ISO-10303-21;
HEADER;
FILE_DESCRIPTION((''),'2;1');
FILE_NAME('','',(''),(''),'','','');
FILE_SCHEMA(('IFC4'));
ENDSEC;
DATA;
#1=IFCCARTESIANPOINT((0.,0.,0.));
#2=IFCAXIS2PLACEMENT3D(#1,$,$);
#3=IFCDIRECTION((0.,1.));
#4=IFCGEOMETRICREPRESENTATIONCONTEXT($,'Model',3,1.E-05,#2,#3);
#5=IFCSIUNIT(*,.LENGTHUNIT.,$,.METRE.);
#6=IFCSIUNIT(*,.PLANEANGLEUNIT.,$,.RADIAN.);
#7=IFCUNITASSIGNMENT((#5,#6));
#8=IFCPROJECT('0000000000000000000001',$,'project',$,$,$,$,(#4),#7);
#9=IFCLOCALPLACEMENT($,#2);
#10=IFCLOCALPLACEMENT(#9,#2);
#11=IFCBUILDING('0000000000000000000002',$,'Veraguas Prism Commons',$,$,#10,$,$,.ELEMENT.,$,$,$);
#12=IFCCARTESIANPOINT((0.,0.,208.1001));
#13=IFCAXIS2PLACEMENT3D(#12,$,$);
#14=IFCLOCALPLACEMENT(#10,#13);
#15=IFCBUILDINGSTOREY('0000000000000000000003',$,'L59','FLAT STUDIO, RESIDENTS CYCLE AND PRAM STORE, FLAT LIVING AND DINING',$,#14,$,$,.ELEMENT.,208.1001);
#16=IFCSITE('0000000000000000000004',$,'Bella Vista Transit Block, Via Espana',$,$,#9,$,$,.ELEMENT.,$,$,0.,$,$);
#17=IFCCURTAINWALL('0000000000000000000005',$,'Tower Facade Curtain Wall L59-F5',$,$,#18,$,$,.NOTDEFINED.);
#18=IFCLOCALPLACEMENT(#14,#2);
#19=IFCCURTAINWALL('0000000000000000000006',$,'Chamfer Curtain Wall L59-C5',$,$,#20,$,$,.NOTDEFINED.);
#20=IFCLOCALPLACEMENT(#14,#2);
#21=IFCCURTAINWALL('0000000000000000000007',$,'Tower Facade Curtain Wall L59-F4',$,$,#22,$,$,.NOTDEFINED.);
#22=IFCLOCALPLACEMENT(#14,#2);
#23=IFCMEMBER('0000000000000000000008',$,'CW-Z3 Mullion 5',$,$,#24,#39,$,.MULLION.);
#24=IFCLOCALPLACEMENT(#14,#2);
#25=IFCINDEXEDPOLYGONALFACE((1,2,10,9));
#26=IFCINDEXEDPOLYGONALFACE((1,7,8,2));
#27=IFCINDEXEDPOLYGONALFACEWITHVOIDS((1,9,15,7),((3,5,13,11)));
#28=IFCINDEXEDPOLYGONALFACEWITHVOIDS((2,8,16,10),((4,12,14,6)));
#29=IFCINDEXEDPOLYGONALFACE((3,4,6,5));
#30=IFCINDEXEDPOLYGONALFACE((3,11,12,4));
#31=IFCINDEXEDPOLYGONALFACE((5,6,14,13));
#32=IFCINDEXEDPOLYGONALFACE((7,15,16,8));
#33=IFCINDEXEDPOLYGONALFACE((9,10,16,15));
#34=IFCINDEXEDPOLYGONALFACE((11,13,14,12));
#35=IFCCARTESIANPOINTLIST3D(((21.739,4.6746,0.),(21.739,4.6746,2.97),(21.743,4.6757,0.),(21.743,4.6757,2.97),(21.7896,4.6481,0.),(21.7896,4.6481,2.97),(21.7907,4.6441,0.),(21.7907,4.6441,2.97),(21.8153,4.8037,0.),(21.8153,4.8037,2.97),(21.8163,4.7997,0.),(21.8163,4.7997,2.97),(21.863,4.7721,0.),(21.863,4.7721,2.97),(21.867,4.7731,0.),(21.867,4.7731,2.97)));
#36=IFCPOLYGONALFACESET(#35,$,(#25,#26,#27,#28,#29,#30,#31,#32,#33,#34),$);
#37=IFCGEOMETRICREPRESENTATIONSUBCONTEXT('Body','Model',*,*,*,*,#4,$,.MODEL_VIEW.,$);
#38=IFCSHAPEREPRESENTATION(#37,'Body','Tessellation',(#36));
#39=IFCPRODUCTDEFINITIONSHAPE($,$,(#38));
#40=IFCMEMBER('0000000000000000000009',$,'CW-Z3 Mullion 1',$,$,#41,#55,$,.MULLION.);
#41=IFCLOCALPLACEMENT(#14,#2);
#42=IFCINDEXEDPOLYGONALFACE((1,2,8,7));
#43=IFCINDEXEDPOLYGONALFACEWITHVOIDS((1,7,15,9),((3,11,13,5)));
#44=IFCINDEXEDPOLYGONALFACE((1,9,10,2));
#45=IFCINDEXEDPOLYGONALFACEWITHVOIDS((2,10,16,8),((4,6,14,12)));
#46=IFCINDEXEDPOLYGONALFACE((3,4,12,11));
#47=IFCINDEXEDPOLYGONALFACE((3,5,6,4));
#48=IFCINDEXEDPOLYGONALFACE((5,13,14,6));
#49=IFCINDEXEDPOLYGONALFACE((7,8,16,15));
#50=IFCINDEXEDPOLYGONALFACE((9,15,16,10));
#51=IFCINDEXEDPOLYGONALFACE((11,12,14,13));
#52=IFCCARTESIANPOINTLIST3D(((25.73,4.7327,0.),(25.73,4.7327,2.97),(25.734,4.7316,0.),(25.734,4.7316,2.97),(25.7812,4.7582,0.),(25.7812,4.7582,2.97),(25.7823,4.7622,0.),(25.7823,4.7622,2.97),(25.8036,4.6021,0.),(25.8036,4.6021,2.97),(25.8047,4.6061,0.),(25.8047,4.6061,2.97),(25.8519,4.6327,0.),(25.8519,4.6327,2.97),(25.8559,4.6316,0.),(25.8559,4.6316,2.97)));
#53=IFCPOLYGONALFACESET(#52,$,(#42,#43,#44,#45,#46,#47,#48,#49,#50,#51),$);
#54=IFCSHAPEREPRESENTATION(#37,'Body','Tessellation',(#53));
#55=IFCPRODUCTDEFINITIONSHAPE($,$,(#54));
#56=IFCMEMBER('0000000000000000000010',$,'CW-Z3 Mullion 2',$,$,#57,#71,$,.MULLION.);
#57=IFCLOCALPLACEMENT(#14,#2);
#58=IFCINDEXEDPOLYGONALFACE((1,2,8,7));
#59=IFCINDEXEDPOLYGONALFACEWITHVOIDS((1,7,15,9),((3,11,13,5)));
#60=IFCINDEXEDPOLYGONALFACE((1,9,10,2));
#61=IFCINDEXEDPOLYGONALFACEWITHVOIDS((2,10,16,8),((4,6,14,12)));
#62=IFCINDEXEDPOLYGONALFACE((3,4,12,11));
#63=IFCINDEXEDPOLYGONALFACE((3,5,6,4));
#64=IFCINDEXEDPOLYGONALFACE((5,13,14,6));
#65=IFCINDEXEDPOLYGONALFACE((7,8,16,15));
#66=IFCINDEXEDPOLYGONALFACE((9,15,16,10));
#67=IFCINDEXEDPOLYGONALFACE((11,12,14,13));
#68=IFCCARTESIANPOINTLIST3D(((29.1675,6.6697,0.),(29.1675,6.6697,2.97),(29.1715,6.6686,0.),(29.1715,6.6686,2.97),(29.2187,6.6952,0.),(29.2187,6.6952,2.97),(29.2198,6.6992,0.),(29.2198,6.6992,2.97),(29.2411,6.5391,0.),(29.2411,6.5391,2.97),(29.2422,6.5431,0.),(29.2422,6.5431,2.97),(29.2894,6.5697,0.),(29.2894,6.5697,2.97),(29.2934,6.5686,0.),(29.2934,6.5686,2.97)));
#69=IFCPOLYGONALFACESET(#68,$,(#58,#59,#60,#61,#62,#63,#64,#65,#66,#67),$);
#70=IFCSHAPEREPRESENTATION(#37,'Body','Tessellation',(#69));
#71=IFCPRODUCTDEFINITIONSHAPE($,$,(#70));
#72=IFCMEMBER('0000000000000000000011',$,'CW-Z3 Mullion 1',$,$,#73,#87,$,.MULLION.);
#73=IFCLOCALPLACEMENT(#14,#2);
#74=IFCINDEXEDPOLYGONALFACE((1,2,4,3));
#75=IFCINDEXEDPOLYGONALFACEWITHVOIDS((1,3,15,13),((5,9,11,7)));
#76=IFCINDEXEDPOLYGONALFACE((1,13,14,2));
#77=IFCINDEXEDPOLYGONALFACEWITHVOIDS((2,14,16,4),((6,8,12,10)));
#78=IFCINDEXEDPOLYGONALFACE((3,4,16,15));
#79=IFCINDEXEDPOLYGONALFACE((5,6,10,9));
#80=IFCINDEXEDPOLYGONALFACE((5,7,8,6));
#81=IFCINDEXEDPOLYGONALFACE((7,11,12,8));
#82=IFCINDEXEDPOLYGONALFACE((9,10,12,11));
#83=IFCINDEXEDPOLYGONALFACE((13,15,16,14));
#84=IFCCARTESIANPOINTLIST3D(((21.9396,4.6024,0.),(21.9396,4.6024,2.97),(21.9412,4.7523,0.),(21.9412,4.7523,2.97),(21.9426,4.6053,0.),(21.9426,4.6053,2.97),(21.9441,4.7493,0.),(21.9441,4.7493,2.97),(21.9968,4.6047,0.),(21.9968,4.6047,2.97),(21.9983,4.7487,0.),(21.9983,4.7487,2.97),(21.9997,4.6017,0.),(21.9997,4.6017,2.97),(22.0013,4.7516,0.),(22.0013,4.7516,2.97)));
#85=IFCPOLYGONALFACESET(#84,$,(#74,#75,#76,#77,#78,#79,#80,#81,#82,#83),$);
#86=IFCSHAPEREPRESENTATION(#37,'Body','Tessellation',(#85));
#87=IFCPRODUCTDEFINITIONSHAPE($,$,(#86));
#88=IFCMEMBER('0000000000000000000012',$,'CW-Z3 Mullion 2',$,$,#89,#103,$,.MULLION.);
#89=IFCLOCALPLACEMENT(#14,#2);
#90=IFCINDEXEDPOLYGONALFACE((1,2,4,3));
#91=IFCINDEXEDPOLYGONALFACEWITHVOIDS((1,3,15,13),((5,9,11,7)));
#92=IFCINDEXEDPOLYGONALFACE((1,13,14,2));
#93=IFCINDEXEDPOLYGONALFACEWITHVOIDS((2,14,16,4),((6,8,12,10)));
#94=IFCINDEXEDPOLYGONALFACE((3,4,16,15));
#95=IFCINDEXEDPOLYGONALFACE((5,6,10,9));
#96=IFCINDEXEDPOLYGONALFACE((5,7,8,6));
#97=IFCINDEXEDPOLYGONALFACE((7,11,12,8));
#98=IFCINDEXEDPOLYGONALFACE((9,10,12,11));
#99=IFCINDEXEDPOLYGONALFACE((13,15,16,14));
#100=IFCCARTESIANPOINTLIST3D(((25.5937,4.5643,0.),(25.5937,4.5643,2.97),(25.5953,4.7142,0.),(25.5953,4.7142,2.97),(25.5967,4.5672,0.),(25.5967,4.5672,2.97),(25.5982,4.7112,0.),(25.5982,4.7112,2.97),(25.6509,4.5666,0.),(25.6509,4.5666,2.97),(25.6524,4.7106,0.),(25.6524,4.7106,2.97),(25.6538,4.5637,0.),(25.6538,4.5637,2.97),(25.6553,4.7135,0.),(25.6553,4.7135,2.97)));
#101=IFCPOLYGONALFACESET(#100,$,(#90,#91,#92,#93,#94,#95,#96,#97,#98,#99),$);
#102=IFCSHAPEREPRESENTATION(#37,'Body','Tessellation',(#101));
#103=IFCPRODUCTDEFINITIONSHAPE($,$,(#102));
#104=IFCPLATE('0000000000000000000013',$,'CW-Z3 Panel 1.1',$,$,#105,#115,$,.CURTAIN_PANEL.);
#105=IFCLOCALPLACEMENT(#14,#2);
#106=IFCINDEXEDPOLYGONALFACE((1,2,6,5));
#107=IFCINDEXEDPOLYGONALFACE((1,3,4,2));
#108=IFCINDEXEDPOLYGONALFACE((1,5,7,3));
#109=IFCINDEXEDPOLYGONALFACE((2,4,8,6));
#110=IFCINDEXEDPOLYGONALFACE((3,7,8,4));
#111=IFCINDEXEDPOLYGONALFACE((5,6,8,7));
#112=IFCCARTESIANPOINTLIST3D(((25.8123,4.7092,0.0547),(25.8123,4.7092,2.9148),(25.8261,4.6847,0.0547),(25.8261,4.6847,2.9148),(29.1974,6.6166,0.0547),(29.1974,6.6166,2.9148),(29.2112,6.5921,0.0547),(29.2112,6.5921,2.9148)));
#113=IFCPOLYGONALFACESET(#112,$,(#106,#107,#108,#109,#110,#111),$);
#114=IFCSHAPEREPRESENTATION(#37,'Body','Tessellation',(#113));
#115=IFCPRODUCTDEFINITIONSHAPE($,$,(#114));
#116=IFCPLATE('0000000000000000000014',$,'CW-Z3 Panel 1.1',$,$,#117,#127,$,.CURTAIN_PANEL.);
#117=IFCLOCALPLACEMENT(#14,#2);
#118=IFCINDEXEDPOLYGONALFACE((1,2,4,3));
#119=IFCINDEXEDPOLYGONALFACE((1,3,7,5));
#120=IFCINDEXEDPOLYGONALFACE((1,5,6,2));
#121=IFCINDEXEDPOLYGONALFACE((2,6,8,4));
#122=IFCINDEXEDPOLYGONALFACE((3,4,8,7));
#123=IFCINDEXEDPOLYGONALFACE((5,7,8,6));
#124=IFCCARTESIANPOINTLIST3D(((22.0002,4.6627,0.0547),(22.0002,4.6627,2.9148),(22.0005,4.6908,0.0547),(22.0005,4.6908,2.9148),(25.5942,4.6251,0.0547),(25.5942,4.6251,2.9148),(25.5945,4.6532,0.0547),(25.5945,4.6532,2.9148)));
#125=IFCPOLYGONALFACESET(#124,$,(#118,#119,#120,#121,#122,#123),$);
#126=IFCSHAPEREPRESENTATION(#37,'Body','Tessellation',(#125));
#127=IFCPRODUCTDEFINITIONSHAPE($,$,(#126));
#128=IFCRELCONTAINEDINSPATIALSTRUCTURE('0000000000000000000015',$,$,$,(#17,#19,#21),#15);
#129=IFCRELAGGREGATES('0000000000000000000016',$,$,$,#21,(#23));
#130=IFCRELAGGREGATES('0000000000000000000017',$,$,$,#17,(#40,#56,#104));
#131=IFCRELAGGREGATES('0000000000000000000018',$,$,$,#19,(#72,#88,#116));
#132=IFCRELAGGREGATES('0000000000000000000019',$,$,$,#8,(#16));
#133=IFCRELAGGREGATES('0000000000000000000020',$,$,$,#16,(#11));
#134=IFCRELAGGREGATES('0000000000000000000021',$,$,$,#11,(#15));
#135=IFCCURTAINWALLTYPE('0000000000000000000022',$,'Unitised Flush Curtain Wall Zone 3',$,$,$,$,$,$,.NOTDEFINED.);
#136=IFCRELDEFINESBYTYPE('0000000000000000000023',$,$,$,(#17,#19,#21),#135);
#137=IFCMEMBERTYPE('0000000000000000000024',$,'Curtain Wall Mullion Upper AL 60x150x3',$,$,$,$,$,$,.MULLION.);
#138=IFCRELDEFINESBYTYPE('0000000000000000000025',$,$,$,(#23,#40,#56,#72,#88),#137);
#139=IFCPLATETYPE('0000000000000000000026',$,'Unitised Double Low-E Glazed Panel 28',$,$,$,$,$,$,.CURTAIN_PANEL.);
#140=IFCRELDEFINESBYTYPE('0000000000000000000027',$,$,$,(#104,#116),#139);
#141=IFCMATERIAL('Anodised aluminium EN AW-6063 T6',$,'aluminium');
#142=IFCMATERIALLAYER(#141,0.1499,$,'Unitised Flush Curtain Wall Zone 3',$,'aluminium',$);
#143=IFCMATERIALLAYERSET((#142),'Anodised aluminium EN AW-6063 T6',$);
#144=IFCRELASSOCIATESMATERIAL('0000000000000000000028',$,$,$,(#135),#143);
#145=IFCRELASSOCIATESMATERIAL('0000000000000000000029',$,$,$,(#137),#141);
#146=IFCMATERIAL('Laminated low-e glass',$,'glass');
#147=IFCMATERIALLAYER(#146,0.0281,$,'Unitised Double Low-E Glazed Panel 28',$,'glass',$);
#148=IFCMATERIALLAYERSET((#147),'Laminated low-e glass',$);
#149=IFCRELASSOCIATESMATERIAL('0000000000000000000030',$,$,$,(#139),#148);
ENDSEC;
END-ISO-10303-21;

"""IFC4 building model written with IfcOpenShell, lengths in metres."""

from ifc_helpers import new_model, si_unit, direction, frame, origin, origin_2d, place, context, subcontext, project, spatial, rectangle, hollow_rectangle, extrude, source, transform, mapped, material, layer, layer_set, material_profile, profile_set, type_object, element, aggregate, save


model = new_model("IFC4")

# Units and contexts
model_context = context("Model", 3, precision=1e-05, world=origin(), true_north=direction((0.0, 1.0)))
body_context = subcontext(model_context, "Body", "Model", "MODEL_VIEW")
ifc_project = project(units=[si_unit("LENGTHUNIT", "METRE"), si_unit("PLANEANGLEUNIT", "RADIAN")], contexts=[model_context])

# Site, building, storey
site_placement = place(None, origin())
site = spatial("IfcSite", under=ifc_project, at=site_placement, Name="Bella Vista Transit Block, Via Espana", CompositionType="ELEMENT", RefElevation=0.0)
building_placement = place(site_placement, origin())
building = spatial("IfcBuilding", under=site, at=building_placement, Name="Veraguas Prism Commons", CompositionType="ELEMENT")
storey_placement = place(building_placement, frame((0.0, 0.0, 208.1001)))
storey = spatial("IfcBuildingStorey", under=building, at=storey_placement, Name="L59", Description="FLAT STUDIO, RESIDENTS CYCLE AND PRAM STORE, FLAT LIVING AND DINING", CompositionType="ELEMENT", Elevation=208.1001)

# Curtain walls
ifc_material_1 = material(Name="Anodised aluminium EN AW-6063 T6", Category="aluminium")
ifc_layer_1 = layer(ifc_material_1, 0.1499, Name="Unitised Flush Curtain Wall Zone 3", Category="aluminium")
ifc_layer_set_1 = layer_set([ifc_layer_1], Name="Anodised aluminium EN AW-6063 T6")
curtain_wall_type = type_object("IfcCurtainWallType", Name="Unitised Flush Curtain Wall Zone 3", PredefinedType="NOTDEFINED", material=ifc_layer_set_1)
curtain_wall_1_placement = place(storey_placement, origin())
curtain_wall_1 = element("IfcCurtainWall", 1, at=curtain_wall_1_placement, inside=storey, type_object=curtain_wall_type, Name="Tower Facade Curtain Wall L59-F5", PredefinedType="NOTDEFINED")
curtain_wall_2_placement = place(storey_placement, origin())
curtain_wall_2 = element("IfcCurtainWall", 2, at=curtain_wall_2_placement, inside=storey, type_object=curtain_wall_type, Name="Chamfer Curtain Wall L59-C5", PredefinedType="NOTDEFINED")

# Curtain wall, member
curtain_wall_3_placement = place(storey_placement, origin())
curtain_wall_3 = element("IfcCurtainWall", 3, at=curtain_wall_3_placement, inside=storey, type_object=curtain_wall_type, Name="Tower Facade Curtain Wall L59-F4", PredefinedType="NOTDEFINED")
ifc_material_profile_1 = material_profile(ifc_material_1, hollow_rectangle(XDim=0.0601, YDim=0.1499, WallThickness=0.0029, at=origin_2d()), Name="AL60X150X3")
ifc_profile_set_1 = profile_set([ifc_material_profile_1], Name="Anodised aluminium EN AW-6063 T6")
member_type_1 = type_object("IfcMemberType", Name="Curtain Wall Mullion Upper AL 60x150x3", PredefinedType="MULLION", material=ifc_profile_set_1)
shared_shape_1 = source(origin(), body_context, "Body", "SweptSolid", [
    extrude(hollow_rectangle(XDim=0.0601, YDim=0.1499, WallThickness=0.0029, at=origin_2d()), origin(), (0.0, 0.0, 1.0), 2.97),
])
member_1_placement = place(storey_placement, frame((21.803, 4.7239, 0.0), z_axis=(0.0, 0.0, 1.0), x_axis=(0.860741, -0.509043, 0.0)))
member_1 = element("IfcMember", 4, at=member_1_placement, type_object=member_type_1, Name="CW-Z3 Mullion 5", PredefinedType="MULLION", context=body_context, shape_type="MappedRepresentation", body=[
    mapped(shared_shape_1, transform((0.0, 0.0, 0.0), scale=1.0)),
])
aggregate(curtain_wall_3, [member_1])

# Members
member_2_placement = place(storey_placement, frame((25.793, 4.6821, 0.0), z_axis=(0.0, 0.0, 1.0), x_axis=(0.871216, 0.490901, 0.0)))
member_2 = element("IfcMember", 5, at=member_2_placement, type_object=member_type_1, Name="CW-Z3 Mullion 1", PredefinedType="MULLION", context=body_context, shape_type="MappedRepresentation", body=[
    mapped(shared_shape_1, transform((0.0, 0.0, 0.0), scale=1.0)),
])
member_3_placement = place(storey_placement, frame((29.2305, 6.6191, 0.0), z_axis=(0.0, 0.0, 1.0), x_axis=(0.871216, 0.490901, 0.0)))
member_3 = element("IfcMember", 6, at=member_3_placement, type_object=member_type_1, Name="CW-Z3 Mullion 2", PredefinedType="MULLION", context=body_context, shape_type="MappedRepresentation", body=[
    mapped(shared_shape_1, transform((0.0, 0.0, 0.0), scale=1.0)),
])
member_4_placement = place(storey_placement, frame((21.9705, 4.677, 0.0), z_axis=(0.0, 0.0, 1.0), x_axis=(0.999945, -0.010474, 0.0)))
member_4 = element("IfcMember", 7, at=member_4_placement, type_object=member_type_1, Name="CW-Z3 Mullion 1", PredefinedType="MULLION", context=body_context, shape_type="MappedRepresentation", body=[
    mapped(shared_shape_1, transform((0.0, 0.0, 0.0), scale=1.0)),
])
member_5_placement = place(storey_placement, frame((25.6245, 4.6389, 0.0), z_axis=(0.0, 0.0, 1.0), x_axis=(0.999945, -0.010474, 0.0)))
member_5 = element("IfcMember", 8, at=member_5_placement, type_object=member_type_1, Name="CW-Z3 Mullion 2", PredefinedType="MULLION", context=body_context, shape_type="MappedRepresentation", body=[
    mapped(shared_shape_1, transform((0.0, 0.0, 0.0), scale=1.0)),
])

# Plates
ifc_material_2 = material(Name="Laminated low-e glass", Category="glass")
ifc_layer_2 = layer(ifc_material_2, 0.0281, Name="Unitised Double Low-E Glazed Panel 28", Category="glass")
ifc_layer_set_2 = layer_set([ifc_layer_2], Name="Laminated low-e glass")
plate_type = type_object("IfcPlateType", Name="Unitised Double Low-E Glazed Panel 28", PredefinedType="CURTAIN_PANEL", material=ifc_layer_set_2)
shared_shape_2 = source(origin(), body_context, "Body", "SweptSolid", [
    extrude(rectangle(XDim=3.8855, YDim=0.0281, at=origin_2d()), origin(), (0.0, 0.0, 1.0), 2.8601),
])
plate_1_placement = place(storey_placement, frame((27.5117, 5.6506, 0.0547), z_axis=(0.0, 0.0, 1.0), x_axis=(0.871216, 0.490901, 0.0)))
plate_1 = element("IfcPlate", 9, at=plate_1_placement, type_object=plate_type, Name="CW-Z3 Panel 1.1", PredefinedType="CURTAIN_PANEL", context=body_context, shape_type="MappedRepresentation", body=[
    mapped(shared_shape_2, transform((0.0, 0.0, 0.0), scale=1.0)),
])
aggregate(curtain_wall_1, [member_2, member_3, plate_1])
shared_shape_3 = source(origin(), body_context, "Body", "SweptSolid", [
    extrude(rectangle(XDim=3.5942, YDim=0.0281, at=origin_2d()), origin(), (0.0, 0.0, 1.0), 2.8601),
])
plate_2_placement = place(storey_placement, frame((23.7974, 4.658, 0.0547), z_axis=(0.0, 0.0, 1.0), x_axis=(0.999945, -0.010474, 0.0)))
plate_2 = element("IfcPlate", 10, at=plate_2_placement, type_object=plate_type, Name="CW-Z3 Panel 1.1", PredefinedType="CURTAIN_PANEL", context=body_context, shape_type="MappedRepresentation", body=[
    mapped(shared_shape_3, transform((0.0, 0.0, 0.0), scale=1.0)),
])
aggregate(curtain_wall_2, [member_4, member_5, plate_2])

save(model, "model.ifc")
